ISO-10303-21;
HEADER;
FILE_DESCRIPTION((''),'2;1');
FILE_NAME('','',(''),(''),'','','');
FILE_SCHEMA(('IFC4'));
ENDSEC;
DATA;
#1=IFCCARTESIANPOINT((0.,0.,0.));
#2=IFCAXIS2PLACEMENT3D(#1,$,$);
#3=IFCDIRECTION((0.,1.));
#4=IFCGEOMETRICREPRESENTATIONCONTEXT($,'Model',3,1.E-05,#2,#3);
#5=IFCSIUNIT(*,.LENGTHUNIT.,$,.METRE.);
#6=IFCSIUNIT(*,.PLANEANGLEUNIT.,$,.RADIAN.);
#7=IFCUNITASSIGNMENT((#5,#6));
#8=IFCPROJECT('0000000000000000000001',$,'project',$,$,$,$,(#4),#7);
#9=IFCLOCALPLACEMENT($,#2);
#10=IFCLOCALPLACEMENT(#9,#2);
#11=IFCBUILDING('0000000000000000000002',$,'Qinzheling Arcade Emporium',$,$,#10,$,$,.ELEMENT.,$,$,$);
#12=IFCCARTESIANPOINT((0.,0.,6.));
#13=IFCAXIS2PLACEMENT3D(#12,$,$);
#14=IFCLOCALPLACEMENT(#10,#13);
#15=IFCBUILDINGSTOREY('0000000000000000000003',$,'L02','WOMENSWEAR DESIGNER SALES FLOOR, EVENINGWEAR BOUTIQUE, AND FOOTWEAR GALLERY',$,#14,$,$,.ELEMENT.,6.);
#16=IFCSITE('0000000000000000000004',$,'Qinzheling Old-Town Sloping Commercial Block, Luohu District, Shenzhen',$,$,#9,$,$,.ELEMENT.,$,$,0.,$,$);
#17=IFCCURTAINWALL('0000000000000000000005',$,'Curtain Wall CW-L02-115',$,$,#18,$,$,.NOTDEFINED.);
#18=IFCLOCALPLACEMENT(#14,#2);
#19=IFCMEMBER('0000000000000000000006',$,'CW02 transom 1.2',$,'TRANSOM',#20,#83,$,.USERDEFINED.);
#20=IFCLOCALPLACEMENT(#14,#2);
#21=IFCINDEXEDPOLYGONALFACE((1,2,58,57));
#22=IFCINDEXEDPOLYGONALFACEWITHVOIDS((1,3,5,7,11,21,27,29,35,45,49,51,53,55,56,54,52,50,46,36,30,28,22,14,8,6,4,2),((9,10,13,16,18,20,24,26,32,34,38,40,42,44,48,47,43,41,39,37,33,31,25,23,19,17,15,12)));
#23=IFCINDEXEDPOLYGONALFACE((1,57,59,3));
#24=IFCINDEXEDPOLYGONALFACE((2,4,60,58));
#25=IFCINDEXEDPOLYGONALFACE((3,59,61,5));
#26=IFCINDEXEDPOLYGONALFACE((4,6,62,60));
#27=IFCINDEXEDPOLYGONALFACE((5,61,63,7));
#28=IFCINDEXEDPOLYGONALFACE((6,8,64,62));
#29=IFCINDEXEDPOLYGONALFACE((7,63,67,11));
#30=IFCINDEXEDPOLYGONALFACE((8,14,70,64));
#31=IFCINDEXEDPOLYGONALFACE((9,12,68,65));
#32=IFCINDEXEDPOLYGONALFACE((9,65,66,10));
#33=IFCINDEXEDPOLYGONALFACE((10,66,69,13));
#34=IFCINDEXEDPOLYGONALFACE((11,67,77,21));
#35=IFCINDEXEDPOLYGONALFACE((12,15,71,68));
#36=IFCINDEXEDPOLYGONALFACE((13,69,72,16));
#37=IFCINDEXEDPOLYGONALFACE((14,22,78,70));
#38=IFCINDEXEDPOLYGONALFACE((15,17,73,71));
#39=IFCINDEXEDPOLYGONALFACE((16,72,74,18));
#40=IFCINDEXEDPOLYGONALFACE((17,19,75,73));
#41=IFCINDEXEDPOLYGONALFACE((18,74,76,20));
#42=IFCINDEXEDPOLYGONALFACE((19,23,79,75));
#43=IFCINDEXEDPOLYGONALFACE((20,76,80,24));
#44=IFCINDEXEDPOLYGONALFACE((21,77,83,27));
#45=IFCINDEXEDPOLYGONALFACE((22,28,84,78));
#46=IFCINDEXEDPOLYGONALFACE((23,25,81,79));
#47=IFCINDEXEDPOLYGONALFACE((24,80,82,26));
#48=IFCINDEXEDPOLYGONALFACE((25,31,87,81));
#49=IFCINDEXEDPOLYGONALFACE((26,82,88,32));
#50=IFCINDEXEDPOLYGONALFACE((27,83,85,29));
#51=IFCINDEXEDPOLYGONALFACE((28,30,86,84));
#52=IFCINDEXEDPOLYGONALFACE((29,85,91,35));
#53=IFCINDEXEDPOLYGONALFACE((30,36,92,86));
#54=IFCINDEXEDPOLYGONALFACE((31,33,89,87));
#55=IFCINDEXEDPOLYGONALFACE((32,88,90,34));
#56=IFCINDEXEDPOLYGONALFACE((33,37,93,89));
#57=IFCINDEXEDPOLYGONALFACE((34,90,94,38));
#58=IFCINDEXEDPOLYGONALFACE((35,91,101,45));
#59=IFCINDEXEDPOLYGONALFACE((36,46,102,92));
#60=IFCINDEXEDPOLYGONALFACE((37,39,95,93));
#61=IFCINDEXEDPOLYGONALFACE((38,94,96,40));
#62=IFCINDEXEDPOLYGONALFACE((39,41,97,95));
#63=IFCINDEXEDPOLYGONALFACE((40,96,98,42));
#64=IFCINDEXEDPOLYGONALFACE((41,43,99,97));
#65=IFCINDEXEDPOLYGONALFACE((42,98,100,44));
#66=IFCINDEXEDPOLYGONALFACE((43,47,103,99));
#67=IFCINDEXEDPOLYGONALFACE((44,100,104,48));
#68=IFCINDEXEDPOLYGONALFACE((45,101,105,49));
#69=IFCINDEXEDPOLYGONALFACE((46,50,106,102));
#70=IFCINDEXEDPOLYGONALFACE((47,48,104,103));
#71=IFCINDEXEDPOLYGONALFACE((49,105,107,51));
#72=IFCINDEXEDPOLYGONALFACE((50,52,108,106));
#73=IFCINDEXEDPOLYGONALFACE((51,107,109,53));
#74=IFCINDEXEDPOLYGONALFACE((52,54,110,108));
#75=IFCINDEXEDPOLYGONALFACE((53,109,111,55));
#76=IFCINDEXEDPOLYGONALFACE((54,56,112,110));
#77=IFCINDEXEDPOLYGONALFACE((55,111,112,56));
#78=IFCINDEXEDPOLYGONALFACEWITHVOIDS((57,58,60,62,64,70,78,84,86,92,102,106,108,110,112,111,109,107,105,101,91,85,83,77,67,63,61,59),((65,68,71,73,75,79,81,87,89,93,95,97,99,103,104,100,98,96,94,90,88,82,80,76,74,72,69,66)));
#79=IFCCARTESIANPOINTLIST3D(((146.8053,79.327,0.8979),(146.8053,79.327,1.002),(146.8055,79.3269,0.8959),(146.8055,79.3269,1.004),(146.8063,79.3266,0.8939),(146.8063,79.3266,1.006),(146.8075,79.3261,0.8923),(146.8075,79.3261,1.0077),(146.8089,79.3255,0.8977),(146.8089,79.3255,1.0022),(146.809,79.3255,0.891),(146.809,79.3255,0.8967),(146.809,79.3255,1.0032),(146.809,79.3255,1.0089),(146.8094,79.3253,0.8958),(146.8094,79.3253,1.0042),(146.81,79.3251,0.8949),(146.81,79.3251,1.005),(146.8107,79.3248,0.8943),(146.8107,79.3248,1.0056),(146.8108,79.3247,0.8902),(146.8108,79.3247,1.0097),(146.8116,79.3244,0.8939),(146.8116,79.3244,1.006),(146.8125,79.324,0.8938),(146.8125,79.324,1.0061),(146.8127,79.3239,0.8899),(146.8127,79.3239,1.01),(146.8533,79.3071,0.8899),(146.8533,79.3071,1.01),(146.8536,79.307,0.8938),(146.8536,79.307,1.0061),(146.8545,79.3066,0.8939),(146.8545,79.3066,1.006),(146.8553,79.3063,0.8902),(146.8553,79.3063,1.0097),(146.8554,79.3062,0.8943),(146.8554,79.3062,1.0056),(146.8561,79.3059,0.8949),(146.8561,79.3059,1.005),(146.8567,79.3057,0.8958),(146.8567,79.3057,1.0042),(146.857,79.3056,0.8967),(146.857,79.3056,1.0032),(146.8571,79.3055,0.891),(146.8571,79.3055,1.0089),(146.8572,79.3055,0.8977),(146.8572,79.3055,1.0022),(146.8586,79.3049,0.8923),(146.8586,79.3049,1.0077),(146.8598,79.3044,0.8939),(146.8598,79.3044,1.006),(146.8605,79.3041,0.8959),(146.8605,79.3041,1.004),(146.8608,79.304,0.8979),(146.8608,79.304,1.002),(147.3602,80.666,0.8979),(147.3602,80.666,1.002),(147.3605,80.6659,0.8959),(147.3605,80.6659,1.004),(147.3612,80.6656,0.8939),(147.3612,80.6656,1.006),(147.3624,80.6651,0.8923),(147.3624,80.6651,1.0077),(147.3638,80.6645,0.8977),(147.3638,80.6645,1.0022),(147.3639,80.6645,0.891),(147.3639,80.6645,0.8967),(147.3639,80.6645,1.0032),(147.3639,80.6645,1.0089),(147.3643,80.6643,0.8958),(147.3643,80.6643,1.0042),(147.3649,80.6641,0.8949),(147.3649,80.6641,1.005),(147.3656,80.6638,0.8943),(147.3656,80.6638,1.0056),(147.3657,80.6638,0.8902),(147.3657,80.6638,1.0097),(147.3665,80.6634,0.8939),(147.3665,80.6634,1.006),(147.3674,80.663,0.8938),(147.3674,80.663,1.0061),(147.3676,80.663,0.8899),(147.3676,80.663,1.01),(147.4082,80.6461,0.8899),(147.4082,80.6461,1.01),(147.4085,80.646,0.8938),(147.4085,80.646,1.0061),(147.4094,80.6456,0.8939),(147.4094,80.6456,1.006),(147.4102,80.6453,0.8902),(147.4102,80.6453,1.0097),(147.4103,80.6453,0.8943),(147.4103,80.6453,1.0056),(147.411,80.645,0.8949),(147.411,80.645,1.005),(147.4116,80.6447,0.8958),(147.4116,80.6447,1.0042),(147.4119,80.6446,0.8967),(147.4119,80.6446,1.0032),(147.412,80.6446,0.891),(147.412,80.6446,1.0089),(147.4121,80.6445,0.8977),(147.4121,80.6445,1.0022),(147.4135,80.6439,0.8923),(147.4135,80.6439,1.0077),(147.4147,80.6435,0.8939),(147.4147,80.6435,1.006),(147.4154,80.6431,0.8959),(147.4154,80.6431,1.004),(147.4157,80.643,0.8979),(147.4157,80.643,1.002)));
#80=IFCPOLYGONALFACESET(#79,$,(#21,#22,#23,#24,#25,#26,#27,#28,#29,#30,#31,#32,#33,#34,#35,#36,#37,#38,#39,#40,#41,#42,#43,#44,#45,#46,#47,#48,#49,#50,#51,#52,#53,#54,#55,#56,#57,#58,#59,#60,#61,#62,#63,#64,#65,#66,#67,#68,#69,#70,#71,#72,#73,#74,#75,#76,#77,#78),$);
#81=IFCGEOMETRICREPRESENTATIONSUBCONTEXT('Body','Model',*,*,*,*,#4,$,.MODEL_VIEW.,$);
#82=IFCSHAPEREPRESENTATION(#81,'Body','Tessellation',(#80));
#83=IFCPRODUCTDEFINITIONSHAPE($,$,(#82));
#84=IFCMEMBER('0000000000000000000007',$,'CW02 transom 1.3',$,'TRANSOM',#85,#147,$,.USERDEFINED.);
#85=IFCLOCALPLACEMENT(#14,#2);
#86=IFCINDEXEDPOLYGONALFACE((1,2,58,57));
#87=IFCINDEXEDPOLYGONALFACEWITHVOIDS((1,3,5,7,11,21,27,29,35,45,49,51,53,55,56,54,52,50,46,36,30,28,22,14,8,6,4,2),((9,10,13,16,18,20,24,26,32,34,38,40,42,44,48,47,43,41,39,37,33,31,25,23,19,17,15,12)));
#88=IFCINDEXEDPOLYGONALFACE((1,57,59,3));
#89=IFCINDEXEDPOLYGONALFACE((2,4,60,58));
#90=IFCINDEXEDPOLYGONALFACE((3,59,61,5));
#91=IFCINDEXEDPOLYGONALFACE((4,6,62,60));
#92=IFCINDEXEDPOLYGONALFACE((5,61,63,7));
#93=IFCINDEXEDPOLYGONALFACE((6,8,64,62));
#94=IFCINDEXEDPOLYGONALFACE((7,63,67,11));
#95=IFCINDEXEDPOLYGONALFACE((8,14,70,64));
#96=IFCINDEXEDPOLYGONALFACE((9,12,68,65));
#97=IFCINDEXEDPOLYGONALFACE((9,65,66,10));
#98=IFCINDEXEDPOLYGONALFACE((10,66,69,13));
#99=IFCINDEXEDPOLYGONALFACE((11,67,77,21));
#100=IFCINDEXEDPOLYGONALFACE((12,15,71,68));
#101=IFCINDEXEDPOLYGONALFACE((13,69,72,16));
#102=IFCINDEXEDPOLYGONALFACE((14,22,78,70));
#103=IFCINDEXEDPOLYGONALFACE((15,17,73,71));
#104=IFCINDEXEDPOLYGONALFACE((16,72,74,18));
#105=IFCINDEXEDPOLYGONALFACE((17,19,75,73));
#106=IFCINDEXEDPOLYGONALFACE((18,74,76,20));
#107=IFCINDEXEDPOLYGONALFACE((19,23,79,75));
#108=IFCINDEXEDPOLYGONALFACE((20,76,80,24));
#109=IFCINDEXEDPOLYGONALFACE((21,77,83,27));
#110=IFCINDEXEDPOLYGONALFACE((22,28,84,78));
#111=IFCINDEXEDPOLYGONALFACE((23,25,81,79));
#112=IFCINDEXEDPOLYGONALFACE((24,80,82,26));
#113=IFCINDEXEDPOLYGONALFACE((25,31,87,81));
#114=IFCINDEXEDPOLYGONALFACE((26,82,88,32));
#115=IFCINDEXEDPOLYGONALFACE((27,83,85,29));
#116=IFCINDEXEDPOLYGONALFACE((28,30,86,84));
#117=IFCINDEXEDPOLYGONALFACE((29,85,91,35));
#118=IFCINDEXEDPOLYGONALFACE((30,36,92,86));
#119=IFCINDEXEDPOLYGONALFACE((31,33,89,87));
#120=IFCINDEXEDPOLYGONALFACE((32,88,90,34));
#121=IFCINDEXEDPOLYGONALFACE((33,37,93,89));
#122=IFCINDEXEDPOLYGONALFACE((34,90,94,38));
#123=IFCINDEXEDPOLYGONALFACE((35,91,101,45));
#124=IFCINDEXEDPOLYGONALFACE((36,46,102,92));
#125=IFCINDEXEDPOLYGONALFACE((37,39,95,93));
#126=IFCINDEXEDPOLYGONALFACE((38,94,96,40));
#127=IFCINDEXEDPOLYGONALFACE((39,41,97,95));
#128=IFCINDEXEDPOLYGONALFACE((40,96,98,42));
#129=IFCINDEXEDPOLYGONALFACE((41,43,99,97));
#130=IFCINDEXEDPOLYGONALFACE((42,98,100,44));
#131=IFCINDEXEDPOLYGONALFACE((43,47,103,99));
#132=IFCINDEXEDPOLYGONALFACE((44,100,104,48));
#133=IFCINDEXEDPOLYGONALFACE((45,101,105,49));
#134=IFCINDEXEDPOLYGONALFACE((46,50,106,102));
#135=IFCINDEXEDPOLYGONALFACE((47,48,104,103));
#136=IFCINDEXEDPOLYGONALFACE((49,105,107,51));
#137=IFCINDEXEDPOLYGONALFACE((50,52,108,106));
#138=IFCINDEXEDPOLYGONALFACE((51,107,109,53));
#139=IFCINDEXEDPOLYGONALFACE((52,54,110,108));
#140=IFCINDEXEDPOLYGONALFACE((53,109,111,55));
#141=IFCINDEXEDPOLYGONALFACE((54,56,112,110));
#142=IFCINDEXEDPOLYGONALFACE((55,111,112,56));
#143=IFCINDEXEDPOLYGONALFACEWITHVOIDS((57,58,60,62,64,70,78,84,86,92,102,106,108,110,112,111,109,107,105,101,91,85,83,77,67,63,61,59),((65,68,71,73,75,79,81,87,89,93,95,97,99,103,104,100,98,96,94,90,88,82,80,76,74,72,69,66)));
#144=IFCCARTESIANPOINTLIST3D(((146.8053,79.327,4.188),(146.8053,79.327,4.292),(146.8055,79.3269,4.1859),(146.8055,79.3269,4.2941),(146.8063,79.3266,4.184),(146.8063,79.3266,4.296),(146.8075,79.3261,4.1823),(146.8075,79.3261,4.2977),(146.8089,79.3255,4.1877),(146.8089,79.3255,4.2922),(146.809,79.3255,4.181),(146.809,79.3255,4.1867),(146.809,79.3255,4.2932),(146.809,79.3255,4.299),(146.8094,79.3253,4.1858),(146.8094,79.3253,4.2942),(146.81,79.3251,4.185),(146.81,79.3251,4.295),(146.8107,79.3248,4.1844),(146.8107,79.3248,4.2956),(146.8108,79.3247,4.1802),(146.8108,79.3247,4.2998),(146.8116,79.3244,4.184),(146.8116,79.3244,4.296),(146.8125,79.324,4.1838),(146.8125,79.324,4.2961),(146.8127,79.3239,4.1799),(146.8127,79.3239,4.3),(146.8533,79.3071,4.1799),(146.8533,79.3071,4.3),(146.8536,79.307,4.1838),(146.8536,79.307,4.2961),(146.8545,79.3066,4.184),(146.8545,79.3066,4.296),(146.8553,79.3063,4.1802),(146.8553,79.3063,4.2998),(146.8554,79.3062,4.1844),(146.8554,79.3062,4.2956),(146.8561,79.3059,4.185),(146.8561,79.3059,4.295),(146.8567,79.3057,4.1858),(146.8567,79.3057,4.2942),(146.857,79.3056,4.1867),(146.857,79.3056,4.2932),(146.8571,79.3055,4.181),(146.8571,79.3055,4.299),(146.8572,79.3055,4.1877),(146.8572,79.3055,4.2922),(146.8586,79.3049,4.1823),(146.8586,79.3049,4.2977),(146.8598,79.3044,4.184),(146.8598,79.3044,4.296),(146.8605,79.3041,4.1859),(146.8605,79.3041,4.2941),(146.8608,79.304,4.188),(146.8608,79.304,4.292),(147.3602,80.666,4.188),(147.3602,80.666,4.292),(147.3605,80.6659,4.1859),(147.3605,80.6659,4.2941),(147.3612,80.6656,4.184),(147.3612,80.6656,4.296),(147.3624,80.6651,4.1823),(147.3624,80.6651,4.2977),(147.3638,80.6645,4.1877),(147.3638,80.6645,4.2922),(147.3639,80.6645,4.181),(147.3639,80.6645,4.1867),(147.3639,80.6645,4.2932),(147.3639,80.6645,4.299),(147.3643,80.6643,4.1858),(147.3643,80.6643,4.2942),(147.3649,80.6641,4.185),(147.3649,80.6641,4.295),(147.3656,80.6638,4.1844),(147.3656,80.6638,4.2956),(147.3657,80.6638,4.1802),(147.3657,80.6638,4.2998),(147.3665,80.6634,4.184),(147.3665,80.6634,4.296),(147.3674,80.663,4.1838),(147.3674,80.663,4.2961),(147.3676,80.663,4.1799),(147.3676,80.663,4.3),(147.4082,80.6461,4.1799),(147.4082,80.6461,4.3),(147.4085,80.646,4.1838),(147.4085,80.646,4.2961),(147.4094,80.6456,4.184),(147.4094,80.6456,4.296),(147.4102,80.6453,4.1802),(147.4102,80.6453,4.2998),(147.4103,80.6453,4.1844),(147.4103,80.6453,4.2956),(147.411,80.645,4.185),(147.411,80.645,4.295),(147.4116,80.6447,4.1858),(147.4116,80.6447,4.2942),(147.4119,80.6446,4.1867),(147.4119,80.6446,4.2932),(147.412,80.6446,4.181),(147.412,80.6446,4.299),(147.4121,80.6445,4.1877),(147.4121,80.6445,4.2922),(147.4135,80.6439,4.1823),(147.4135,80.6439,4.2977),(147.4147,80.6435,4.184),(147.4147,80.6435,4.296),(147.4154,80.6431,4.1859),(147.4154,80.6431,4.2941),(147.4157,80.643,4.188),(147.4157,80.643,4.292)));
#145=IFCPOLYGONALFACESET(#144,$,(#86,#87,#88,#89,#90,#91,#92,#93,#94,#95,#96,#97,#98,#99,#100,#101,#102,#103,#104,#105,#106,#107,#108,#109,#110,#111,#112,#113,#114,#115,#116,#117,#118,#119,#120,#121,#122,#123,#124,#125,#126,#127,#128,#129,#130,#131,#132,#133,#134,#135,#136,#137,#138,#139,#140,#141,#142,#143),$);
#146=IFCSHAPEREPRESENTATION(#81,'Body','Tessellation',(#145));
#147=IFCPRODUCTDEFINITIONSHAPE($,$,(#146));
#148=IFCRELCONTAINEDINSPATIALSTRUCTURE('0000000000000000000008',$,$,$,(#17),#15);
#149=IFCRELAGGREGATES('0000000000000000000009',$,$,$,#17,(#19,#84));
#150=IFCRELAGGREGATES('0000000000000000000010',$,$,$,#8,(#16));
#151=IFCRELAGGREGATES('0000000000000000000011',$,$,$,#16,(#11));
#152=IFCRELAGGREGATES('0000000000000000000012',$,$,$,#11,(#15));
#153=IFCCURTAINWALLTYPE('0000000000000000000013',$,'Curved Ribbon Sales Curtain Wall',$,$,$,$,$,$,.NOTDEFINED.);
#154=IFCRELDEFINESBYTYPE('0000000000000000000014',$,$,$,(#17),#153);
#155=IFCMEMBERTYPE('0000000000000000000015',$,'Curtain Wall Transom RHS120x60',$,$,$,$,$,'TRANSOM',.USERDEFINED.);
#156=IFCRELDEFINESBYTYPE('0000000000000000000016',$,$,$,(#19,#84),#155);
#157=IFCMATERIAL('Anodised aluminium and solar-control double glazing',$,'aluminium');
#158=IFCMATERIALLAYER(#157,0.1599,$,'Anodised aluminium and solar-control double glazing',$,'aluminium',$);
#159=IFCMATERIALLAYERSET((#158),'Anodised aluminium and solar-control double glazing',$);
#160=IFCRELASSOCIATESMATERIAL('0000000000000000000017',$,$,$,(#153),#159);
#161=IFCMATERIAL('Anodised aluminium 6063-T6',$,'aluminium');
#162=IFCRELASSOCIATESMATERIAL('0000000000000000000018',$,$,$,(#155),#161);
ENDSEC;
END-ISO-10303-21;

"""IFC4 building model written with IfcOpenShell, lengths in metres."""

from ifc_helpers import new_model, si_unit, direction, frame, origin, origin_2d, place, context, subcontext, project, spatial, hollow_rectangle, extrude, material, layer, layer_set, material_profile, profile_set, type_object, element, aggregate, save


model = new_model("IFC4")

# Units and contexts
model_context = context("Model", 3, precision=1e-05, world=origin(), true_north=direction((0.0, 1.0)))
body_context = subcontext(model_context, "Body", "Model", "MODEL_VIEW")
ifc_project = project(units=[si_unit("LENGTHUNIT", "METRE"), si_unit("PLANEANGLEUNIT", "RADIAN")], contexts=[model_context])

# Site, building, storey
site_placement = place(None, origin())
site = spatial("IfcSite", under=ifc_project, at=site_placement, Name="Qinzheling Old-Town Sloping Commercial Block, Luohu District, Shenzhen", CompositionType="ELEMENT", RefElevation=0.0)
building_placement = place(site_placement, origin())
building = spatial("IfcBuilding", under=site, at=building_placement, Name="Qinzheling Arcade Emporium", CompositionType="ELEMENT")
storey_placement = place(building_placement, frame((0.0, 0.0, 6.0)))
storey = spatial("IfcBuildingStorey", under=building, at=storey_placement, Name="L02", Description="WOMENSWEAR DESIGNER SALES FLOOR, EVENINGWEAR BOUTIQUE, AND FOOTWEAR GALLERY", CompositionType="ELEMENT", Elevation=6.0)

# Shared definitions
ifc_material_1 = material(Name="Anodised aluminium and solar-control double glazing", Category="aluminium")
ifc_layer_1 = layer(ifc_material_1, 0.1599, Name="Anodised aluminium and solar-control double glazing", Category="aluminium")
ifc_layer_set_1 = layer_set([ifc_layer_1], Name="Anodised aluminium and solar-control double glazing")
curtain_wall_type = type_object("IfcCurtainWallType", Name="Curved Ribbon Sales Curtain Wall", PredefinedType="NOTDEFINED", material=ifc_layer_set_1)
ifc_material_2 = material(Name="Anodised aluminium 6063-T6", Category="aluminium")

# Curtain wall
curtain_wall_1_placement = place(storey_placement, origin())
curtain_wall_1 = element("IfcCurtainWall", 1, at=curtain_wall_1_placement, inside=storey, type_object=curtain_wall_type, Name="Curtain Wall CW-L02-115", PredefinedType="NOTDEFINED")

# Members
ifc_material_profile_1 = material_profile(ifc_material_2, hollow_rectangle(XDim=0.0601, YDim=0.1201, WallThickness=0.0039, InnerFilletRadius=0.0039, OuterFilletRadius=0.0081, at=origin_2d()), Name="RHS 120x60x4", Category="aluminium")
ifc_profile_set_1 = profile_set([ifc_material_profile_1], Name="Anodised aluminium 6063-T6")
member_type_1 = type_object("IfcMemberType", Name="Curtain Wall Transom RHS120x60", ElementType="TRANSOM", PredefinedType="USERDEFINED", material=ifc_profile_set_1)
member_1_placement = place(storey_placement, frame((147.3879, 80.6545, 0.95), z_axis=(-0.382833, -0.923818, 0.0), x_axis=(0.923818, -0.382833, 0.0)))
member_1 = element("IfcMember", 2, at=member_1_placement, type_object=member_type_1, Name="CW02 transom 1.2", ObjectType="TRANSOM", PredefinedType="USERDEFINED", context=body_context, shape_type="SweptSolid", body=[
    extrude(hollow_rectangle(XDim=0.0601, YDim=0.1201, WallThickness=0.0039, InnerFilletRadius=0.0039, OuterFilletRadius=0.0081, at=origin_2d()), origin(), (0.0, 0.0, 1.0), 1.4495),
])
member_2_placement = place(storey_placement, frame((147.3879, 80.6545, 4.24), z_axis=(-0.382833, -0.923818, 0.0), x_axis=(0.923818, -0.382833, 0.0)))
member_2 = element("IfcMember", 3, at=member_2_placement, type_object=member_type_1, Name="CW02 transom 1.3", ObjectType="TRANSOM", PredefinedType="USERDEFINED", context=body_context, shape_type="SweptSolid", body=[
    extrude(hollow_rectangle(XDim=0.0601, YDim=0.1201, WallThickness=0.0039, InnerFilletRadius=0.0039, OuterFilletRadius=0.0081, at=origin_2d()), origin(), (0.0, 0.0, 1.0), 1.4495),
])

aggregate(curtain_wall_1, [member_1, member_2])

save(model, "model.ifc")
